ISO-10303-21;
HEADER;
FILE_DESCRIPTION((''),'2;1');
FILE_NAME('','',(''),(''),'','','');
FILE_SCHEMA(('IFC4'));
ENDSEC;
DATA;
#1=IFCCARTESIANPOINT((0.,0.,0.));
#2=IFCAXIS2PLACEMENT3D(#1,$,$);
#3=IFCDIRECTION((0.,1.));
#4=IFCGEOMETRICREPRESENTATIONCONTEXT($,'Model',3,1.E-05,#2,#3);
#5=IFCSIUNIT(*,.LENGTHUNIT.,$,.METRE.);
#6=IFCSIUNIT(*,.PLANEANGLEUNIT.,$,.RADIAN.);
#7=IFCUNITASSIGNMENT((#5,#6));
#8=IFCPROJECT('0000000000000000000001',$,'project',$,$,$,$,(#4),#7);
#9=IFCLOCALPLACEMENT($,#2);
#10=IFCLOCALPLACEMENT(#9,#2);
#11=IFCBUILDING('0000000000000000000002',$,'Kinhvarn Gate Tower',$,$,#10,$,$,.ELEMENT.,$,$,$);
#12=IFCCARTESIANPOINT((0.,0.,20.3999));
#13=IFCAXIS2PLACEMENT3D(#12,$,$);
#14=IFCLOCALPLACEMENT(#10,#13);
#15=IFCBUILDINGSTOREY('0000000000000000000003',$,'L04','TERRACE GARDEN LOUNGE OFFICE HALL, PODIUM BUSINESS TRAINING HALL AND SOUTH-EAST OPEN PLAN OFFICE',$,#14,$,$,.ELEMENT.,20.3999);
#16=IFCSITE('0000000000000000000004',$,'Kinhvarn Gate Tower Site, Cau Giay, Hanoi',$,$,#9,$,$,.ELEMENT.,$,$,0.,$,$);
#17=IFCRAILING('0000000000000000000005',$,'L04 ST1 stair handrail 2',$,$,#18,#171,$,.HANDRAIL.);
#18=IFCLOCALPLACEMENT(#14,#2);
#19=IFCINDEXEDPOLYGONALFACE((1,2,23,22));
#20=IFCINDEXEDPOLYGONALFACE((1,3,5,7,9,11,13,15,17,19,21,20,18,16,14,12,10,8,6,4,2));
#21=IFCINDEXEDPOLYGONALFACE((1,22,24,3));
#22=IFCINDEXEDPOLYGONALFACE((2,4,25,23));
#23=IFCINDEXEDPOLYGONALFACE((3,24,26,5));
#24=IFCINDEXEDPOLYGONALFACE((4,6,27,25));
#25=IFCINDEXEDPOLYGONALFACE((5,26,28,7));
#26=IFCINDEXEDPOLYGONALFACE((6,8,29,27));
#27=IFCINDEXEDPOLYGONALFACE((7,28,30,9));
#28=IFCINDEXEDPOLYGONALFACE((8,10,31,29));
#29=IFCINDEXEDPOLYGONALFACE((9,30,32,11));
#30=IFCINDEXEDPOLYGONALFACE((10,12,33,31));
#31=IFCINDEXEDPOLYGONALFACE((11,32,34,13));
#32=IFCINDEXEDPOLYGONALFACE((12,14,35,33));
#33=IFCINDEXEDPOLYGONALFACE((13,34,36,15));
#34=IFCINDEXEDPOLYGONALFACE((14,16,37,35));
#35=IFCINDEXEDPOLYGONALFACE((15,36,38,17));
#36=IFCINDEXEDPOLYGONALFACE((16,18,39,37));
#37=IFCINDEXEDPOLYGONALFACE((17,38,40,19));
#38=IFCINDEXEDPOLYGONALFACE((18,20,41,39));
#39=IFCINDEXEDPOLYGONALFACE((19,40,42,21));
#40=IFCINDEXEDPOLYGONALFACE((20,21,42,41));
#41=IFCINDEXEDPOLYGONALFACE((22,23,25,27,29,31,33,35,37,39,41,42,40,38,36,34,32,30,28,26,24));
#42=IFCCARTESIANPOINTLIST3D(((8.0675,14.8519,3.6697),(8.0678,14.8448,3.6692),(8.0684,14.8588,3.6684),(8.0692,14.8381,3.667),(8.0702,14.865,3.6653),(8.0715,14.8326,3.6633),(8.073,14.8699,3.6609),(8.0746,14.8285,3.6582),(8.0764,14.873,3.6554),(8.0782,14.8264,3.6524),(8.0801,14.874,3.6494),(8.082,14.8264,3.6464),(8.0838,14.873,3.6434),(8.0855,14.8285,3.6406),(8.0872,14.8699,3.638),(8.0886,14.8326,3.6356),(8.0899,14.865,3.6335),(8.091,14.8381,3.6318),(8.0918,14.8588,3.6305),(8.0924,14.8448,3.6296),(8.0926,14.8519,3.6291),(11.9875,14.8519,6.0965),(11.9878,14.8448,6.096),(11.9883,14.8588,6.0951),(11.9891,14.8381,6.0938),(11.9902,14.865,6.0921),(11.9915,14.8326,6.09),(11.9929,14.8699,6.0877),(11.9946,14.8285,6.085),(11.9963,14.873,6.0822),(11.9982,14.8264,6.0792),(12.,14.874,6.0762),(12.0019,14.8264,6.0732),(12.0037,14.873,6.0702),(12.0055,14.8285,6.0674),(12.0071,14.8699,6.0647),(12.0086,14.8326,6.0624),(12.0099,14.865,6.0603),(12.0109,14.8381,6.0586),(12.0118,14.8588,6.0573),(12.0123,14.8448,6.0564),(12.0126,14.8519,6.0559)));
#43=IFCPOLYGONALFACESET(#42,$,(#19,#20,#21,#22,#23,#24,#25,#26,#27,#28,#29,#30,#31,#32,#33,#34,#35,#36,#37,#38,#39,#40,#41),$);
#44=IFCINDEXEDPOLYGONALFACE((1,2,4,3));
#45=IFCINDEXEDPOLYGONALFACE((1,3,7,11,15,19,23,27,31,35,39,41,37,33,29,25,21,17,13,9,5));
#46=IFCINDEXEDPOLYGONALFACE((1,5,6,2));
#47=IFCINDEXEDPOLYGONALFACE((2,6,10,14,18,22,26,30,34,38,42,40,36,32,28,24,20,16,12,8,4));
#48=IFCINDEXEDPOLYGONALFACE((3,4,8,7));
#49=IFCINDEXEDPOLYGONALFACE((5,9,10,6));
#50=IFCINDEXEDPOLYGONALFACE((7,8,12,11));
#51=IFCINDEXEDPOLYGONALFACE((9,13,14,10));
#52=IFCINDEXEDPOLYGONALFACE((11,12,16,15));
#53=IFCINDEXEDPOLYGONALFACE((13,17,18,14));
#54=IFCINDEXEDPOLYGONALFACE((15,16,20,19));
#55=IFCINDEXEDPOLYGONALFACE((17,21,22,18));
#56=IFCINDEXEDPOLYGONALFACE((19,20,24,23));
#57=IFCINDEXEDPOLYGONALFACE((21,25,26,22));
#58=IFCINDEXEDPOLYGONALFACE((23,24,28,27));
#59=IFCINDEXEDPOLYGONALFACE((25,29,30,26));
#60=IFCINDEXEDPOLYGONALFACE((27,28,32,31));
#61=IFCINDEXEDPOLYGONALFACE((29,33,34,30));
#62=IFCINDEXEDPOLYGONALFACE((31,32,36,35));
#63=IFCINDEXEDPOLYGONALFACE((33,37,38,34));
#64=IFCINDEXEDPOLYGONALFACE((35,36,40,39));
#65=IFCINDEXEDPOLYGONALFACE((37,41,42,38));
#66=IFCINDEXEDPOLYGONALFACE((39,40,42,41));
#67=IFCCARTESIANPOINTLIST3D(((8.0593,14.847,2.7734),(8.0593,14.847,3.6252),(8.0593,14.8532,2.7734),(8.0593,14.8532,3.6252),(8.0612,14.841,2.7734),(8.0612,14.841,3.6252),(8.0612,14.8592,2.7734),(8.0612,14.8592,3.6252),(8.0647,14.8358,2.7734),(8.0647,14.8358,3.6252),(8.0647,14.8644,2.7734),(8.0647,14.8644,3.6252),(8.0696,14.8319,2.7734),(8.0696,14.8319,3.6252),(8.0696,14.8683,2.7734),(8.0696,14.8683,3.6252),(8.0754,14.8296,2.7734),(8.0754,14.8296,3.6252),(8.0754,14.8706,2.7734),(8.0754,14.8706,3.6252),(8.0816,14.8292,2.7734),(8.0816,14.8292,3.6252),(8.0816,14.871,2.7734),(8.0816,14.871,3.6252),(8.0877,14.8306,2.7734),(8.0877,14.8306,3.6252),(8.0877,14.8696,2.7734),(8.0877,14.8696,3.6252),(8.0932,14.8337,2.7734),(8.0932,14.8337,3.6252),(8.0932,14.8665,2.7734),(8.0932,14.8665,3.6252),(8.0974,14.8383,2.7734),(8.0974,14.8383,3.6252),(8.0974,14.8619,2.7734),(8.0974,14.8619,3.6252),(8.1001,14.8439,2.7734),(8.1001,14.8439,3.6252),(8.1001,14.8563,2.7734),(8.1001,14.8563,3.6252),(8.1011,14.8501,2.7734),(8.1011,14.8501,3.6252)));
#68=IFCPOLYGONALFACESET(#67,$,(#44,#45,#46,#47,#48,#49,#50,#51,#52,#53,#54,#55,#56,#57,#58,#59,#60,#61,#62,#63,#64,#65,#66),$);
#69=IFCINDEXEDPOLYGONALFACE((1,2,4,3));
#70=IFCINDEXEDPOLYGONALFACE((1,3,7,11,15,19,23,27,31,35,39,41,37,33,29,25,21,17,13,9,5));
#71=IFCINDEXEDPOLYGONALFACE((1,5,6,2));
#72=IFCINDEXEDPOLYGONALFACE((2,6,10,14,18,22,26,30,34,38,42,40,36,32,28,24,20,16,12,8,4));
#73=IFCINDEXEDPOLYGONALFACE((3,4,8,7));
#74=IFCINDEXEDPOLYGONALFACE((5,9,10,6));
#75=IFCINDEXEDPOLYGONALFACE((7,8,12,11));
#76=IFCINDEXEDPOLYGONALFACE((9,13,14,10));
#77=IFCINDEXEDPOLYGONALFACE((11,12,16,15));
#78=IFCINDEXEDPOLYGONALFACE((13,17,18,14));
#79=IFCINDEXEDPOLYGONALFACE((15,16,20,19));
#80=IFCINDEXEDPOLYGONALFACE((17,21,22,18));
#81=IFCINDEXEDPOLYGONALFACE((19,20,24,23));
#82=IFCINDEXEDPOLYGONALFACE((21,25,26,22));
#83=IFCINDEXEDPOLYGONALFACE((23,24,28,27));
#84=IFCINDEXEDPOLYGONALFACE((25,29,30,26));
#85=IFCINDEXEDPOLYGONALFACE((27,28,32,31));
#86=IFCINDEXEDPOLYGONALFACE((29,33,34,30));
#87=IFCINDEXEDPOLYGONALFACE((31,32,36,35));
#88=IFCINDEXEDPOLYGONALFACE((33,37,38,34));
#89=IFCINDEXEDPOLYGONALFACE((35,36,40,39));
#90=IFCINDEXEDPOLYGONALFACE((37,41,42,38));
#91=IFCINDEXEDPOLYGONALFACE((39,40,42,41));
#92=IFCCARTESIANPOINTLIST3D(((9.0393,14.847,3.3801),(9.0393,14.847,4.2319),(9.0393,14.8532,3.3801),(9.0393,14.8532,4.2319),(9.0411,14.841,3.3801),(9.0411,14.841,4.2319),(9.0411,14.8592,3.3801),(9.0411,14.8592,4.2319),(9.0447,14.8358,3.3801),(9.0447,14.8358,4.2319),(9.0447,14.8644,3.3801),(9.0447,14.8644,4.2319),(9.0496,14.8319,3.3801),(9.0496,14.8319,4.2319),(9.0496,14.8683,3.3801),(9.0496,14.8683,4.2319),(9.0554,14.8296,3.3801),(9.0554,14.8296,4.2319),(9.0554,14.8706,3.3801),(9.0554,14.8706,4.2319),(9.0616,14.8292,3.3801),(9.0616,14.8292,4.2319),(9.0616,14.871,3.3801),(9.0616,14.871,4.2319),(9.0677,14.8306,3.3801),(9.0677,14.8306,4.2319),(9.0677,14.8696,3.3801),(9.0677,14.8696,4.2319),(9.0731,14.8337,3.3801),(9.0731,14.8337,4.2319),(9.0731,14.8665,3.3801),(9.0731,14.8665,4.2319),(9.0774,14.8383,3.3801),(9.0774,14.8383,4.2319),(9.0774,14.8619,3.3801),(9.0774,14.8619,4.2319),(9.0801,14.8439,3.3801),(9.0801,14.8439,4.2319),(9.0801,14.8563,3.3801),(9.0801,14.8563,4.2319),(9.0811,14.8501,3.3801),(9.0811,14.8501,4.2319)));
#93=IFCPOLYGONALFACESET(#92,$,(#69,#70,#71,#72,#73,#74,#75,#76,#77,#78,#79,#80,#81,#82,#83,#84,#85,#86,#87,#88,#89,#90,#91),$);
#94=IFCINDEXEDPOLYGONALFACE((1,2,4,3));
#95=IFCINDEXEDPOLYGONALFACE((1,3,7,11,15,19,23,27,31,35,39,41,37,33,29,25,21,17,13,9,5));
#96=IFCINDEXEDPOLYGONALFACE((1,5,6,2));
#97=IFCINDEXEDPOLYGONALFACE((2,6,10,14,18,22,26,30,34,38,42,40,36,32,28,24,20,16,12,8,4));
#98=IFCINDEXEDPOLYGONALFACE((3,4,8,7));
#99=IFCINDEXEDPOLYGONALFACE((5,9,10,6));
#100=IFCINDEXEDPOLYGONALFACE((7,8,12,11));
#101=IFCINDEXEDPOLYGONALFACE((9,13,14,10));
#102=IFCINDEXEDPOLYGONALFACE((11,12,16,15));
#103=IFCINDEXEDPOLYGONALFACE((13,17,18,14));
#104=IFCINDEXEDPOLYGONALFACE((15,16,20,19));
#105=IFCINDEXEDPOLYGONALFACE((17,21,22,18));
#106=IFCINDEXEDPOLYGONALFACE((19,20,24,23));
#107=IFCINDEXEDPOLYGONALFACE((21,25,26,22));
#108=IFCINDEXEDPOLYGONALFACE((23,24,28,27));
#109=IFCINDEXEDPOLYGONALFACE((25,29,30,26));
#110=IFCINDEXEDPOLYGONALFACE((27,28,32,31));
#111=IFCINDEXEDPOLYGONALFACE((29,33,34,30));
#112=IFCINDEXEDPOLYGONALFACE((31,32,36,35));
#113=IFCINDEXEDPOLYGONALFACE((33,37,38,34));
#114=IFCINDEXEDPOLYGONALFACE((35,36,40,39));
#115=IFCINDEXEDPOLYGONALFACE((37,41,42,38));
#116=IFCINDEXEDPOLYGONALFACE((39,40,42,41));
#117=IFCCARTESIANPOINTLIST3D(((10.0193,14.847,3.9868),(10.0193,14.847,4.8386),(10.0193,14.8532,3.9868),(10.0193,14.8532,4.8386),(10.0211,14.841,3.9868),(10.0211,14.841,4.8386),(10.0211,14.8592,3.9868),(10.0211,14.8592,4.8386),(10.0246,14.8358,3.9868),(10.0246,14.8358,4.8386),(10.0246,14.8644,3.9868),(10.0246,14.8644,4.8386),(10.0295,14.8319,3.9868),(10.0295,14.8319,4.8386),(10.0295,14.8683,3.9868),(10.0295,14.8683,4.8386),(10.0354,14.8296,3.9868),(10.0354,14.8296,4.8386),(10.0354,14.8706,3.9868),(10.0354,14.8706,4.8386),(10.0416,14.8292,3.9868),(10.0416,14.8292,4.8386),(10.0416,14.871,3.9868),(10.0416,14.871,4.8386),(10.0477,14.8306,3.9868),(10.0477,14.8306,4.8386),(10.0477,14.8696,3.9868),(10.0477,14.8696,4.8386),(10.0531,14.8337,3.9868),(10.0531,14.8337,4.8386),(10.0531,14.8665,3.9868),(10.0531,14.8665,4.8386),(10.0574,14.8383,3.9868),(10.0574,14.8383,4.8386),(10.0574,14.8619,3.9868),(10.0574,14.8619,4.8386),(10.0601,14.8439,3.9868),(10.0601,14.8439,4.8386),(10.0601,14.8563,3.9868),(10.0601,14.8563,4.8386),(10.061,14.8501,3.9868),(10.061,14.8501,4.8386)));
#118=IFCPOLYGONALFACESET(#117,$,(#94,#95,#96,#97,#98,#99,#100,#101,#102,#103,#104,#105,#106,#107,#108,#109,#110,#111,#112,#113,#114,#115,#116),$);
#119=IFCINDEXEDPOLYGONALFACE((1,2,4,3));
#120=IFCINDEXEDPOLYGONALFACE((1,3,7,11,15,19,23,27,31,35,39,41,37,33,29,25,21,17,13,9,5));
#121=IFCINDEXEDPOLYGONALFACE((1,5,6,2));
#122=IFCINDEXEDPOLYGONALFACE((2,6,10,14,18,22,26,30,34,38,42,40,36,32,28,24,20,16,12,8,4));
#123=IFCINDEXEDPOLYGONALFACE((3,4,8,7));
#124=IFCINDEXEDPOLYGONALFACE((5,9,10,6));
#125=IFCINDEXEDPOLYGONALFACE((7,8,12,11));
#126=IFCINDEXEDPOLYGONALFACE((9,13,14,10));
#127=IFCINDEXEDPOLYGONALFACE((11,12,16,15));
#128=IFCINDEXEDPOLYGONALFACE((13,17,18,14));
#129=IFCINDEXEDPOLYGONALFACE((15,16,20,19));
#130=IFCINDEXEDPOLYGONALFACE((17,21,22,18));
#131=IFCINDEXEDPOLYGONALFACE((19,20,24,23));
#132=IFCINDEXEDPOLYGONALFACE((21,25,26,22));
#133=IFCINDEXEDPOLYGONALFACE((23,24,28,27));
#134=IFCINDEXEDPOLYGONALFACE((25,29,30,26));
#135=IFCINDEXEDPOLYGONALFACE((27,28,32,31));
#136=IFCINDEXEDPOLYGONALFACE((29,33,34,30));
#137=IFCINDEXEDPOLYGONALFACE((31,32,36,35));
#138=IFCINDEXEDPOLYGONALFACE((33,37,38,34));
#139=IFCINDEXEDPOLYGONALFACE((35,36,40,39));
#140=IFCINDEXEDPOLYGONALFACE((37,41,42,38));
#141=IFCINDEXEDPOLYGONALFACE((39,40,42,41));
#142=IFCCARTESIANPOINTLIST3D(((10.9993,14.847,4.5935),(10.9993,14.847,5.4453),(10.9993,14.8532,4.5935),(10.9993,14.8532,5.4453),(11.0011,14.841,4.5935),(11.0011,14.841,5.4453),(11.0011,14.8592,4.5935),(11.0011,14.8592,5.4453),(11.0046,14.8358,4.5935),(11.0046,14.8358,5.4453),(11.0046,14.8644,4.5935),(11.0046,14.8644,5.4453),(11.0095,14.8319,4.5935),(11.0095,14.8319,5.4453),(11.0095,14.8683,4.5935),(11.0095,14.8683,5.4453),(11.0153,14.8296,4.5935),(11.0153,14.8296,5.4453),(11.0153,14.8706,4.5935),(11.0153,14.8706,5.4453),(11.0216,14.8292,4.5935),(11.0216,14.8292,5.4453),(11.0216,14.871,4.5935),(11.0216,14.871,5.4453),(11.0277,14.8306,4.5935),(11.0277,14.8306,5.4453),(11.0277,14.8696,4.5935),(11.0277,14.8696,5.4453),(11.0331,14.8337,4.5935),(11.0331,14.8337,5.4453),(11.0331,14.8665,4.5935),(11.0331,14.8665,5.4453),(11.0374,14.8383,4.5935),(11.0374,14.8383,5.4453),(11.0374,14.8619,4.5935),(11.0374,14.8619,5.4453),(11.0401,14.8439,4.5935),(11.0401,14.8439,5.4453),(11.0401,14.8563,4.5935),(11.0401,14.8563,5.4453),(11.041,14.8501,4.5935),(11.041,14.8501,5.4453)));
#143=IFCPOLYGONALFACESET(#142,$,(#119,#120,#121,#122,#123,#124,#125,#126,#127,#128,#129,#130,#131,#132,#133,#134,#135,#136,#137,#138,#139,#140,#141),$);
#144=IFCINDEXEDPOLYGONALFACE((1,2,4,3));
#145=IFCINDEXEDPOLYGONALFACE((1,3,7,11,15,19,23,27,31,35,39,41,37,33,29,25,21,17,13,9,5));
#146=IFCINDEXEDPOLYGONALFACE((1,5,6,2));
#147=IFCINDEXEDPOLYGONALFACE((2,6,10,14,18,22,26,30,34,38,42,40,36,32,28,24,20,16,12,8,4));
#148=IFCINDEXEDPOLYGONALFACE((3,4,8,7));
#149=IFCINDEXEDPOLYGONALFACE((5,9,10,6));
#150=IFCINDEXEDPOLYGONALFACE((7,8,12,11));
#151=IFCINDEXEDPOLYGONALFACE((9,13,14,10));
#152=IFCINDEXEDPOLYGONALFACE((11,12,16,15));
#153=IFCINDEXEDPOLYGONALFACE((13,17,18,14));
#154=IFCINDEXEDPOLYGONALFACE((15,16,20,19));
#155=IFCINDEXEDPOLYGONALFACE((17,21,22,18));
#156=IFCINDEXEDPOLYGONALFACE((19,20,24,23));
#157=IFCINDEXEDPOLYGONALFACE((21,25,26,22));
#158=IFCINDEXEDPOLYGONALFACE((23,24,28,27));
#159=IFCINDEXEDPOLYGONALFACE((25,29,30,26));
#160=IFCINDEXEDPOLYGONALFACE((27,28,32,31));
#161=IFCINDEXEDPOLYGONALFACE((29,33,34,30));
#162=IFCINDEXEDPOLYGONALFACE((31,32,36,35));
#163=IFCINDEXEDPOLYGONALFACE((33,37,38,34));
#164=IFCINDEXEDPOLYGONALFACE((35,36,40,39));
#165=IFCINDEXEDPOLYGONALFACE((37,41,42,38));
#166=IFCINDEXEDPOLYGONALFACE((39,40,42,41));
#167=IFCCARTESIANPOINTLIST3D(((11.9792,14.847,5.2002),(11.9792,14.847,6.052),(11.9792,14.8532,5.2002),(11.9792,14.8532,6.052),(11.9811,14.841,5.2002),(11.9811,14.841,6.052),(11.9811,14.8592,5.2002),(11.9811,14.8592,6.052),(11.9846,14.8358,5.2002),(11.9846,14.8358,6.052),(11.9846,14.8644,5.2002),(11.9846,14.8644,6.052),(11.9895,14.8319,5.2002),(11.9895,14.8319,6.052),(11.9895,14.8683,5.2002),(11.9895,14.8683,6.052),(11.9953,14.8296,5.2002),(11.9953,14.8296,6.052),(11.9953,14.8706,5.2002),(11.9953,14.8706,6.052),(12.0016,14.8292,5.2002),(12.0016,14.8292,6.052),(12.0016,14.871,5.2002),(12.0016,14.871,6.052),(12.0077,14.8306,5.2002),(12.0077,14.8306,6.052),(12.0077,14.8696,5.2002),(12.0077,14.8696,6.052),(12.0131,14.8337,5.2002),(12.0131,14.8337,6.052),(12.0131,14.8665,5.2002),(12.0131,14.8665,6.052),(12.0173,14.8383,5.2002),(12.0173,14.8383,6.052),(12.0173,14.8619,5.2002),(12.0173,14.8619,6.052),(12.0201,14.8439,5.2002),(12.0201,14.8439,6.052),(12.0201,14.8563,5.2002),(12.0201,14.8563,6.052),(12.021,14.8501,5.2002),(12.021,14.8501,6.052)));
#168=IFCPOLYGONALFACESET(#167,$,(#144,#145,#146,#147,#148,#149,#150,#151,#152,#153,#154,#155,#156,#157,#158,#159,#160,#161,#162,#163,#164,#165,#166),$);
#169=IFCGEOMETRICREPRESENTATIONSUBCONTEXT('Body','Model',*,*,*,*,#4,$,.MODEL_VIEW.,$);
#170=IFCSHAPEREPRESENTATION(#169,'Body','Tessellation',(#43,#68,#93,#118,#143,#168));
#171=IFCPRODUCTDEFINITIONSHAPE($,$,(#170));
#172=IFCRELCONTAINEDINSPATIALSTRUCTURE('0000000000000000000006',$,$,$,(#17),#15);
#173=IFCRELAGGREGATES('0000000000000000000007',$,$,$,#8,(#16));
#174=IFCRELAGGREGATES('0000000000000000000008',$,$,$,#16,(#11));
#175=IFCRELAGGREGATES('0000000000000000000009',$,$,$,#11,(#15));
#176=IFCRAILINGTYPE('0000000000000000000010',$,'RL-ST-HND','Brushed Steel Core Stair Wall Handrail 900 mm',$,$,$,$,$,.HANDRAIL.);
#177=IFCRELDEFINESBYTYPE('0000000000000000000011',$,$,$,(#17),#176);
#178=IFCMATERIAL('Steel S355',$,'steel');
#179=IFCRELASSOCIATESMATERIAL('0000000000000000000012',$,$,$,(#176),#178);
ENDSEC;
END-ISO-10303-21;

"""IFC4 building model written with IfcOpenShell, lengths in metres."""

from ifc_helpers import new_model, si_unit, direction, frame, origin, origin_2d, place, context, subcontext, project, spatial, circle, extrude, material, type_object, element, save


model = new_model("IFC4")

# Units and contexts
model_context = context("Model", 3, precision=1e-05, world=origin(), true_north=direction((0.0, 1.0)))
body_context = subcontext(model_context, "Body", "Model", "MODEL_VIEW")
ifc_project = project(units=[si_unit("LENGTHUNIT", "METRE"), si_unit("PLANEANGLEUNIT", "RADIAN")], contexts=[model_context])

# Site, building, storey
site_placement = place(None, origin())
site = spatial("IfcSite", under=ifc_project, at=site_placement, Name="Kinhvarn Gate Tower Site, Cau Giay, Hanoi", CompositionType="ELEMENT", RefElevation=0.0)
building_placement = place(site_placement, origin())
building = spatial("IfcBuilding", under=site, at=building_placement, Name="Kinhvarn Gate Tower", CompositionType="ELEMENT")
storey_placement = place(building_placement, frame((0.0, 0.0, 20.3999)))
storey = spatial("IfcBuildingStorey", under=building, at=storey_placement, Name="L04", Description="TERRACE GARDEN LOUNGE OFFICE HALL, PODIUM BUSINESS TRAINING HALL AND SOUTH-EAST OPEN PLAN OFFICE", CompositionType="ELEMENT", Elevation=20.3999)

# Shared definitions
ifc_material_1 = material(Name="Steel S355", Category="steel")

# Railing
railing_type_1 = type_object("IfcRailingType", Name="RL-ST-HND", Description="Brushed Steel Core Stair Wall Handrail 900 mm", PredefinedType="HANDRAIL", material=ifc_material_1)
railing_1_placement = place(storey_placement, frame((8.0801, 14.8501, 2.7734)))
element("IfcRailing", 1, at=railing_1_placement, inside=storey, type_object=railing_type_1, Name="L04 ST1 stair handrail 2", PredefinedType="HANDRAIL", context=body_context, shape_type="SweptSolid", body=[
    extrude(circle(Radius=0.0239, at=origin_2d()), frame((0.0, 0.0, 0.876), z_axis=(0.850252, 0.0, 0.526376), x_axis=(0.0, 1.0, 0.0)), (0.0, 0.0, 1.0), 4.6104),
    extrude(circle(Radius=0.021, at=origin_2d()), origin(), (0.0, 0.0, 1.0), 0.8518),
    extrude(circle(Radius=0.021, at=origin_2d()), frame((0.98, 0.0, 0.6067)), (0.0, 0.0, 1.0), 0.8518),
    extrude(circle(Radius=0.021, at=origin_2d()), frame((1.96, 0.0, 1.2134)), (0.0, 0.0, 1.0), 0.8518),
    extrude(circle(Radius=0.021, at=origin_2d()), frame((2.9399, 0.0, 1.8201)), (0.0, 0.0, 1.0), 0.8518),
    extrude(circle(Radius=0.021, at=origin_2d()), frame((3.9199, 0.0, 2.4268)), (0.0, 0.0, 1.0), 0.8518),
])

save(model, "model.ifc")
